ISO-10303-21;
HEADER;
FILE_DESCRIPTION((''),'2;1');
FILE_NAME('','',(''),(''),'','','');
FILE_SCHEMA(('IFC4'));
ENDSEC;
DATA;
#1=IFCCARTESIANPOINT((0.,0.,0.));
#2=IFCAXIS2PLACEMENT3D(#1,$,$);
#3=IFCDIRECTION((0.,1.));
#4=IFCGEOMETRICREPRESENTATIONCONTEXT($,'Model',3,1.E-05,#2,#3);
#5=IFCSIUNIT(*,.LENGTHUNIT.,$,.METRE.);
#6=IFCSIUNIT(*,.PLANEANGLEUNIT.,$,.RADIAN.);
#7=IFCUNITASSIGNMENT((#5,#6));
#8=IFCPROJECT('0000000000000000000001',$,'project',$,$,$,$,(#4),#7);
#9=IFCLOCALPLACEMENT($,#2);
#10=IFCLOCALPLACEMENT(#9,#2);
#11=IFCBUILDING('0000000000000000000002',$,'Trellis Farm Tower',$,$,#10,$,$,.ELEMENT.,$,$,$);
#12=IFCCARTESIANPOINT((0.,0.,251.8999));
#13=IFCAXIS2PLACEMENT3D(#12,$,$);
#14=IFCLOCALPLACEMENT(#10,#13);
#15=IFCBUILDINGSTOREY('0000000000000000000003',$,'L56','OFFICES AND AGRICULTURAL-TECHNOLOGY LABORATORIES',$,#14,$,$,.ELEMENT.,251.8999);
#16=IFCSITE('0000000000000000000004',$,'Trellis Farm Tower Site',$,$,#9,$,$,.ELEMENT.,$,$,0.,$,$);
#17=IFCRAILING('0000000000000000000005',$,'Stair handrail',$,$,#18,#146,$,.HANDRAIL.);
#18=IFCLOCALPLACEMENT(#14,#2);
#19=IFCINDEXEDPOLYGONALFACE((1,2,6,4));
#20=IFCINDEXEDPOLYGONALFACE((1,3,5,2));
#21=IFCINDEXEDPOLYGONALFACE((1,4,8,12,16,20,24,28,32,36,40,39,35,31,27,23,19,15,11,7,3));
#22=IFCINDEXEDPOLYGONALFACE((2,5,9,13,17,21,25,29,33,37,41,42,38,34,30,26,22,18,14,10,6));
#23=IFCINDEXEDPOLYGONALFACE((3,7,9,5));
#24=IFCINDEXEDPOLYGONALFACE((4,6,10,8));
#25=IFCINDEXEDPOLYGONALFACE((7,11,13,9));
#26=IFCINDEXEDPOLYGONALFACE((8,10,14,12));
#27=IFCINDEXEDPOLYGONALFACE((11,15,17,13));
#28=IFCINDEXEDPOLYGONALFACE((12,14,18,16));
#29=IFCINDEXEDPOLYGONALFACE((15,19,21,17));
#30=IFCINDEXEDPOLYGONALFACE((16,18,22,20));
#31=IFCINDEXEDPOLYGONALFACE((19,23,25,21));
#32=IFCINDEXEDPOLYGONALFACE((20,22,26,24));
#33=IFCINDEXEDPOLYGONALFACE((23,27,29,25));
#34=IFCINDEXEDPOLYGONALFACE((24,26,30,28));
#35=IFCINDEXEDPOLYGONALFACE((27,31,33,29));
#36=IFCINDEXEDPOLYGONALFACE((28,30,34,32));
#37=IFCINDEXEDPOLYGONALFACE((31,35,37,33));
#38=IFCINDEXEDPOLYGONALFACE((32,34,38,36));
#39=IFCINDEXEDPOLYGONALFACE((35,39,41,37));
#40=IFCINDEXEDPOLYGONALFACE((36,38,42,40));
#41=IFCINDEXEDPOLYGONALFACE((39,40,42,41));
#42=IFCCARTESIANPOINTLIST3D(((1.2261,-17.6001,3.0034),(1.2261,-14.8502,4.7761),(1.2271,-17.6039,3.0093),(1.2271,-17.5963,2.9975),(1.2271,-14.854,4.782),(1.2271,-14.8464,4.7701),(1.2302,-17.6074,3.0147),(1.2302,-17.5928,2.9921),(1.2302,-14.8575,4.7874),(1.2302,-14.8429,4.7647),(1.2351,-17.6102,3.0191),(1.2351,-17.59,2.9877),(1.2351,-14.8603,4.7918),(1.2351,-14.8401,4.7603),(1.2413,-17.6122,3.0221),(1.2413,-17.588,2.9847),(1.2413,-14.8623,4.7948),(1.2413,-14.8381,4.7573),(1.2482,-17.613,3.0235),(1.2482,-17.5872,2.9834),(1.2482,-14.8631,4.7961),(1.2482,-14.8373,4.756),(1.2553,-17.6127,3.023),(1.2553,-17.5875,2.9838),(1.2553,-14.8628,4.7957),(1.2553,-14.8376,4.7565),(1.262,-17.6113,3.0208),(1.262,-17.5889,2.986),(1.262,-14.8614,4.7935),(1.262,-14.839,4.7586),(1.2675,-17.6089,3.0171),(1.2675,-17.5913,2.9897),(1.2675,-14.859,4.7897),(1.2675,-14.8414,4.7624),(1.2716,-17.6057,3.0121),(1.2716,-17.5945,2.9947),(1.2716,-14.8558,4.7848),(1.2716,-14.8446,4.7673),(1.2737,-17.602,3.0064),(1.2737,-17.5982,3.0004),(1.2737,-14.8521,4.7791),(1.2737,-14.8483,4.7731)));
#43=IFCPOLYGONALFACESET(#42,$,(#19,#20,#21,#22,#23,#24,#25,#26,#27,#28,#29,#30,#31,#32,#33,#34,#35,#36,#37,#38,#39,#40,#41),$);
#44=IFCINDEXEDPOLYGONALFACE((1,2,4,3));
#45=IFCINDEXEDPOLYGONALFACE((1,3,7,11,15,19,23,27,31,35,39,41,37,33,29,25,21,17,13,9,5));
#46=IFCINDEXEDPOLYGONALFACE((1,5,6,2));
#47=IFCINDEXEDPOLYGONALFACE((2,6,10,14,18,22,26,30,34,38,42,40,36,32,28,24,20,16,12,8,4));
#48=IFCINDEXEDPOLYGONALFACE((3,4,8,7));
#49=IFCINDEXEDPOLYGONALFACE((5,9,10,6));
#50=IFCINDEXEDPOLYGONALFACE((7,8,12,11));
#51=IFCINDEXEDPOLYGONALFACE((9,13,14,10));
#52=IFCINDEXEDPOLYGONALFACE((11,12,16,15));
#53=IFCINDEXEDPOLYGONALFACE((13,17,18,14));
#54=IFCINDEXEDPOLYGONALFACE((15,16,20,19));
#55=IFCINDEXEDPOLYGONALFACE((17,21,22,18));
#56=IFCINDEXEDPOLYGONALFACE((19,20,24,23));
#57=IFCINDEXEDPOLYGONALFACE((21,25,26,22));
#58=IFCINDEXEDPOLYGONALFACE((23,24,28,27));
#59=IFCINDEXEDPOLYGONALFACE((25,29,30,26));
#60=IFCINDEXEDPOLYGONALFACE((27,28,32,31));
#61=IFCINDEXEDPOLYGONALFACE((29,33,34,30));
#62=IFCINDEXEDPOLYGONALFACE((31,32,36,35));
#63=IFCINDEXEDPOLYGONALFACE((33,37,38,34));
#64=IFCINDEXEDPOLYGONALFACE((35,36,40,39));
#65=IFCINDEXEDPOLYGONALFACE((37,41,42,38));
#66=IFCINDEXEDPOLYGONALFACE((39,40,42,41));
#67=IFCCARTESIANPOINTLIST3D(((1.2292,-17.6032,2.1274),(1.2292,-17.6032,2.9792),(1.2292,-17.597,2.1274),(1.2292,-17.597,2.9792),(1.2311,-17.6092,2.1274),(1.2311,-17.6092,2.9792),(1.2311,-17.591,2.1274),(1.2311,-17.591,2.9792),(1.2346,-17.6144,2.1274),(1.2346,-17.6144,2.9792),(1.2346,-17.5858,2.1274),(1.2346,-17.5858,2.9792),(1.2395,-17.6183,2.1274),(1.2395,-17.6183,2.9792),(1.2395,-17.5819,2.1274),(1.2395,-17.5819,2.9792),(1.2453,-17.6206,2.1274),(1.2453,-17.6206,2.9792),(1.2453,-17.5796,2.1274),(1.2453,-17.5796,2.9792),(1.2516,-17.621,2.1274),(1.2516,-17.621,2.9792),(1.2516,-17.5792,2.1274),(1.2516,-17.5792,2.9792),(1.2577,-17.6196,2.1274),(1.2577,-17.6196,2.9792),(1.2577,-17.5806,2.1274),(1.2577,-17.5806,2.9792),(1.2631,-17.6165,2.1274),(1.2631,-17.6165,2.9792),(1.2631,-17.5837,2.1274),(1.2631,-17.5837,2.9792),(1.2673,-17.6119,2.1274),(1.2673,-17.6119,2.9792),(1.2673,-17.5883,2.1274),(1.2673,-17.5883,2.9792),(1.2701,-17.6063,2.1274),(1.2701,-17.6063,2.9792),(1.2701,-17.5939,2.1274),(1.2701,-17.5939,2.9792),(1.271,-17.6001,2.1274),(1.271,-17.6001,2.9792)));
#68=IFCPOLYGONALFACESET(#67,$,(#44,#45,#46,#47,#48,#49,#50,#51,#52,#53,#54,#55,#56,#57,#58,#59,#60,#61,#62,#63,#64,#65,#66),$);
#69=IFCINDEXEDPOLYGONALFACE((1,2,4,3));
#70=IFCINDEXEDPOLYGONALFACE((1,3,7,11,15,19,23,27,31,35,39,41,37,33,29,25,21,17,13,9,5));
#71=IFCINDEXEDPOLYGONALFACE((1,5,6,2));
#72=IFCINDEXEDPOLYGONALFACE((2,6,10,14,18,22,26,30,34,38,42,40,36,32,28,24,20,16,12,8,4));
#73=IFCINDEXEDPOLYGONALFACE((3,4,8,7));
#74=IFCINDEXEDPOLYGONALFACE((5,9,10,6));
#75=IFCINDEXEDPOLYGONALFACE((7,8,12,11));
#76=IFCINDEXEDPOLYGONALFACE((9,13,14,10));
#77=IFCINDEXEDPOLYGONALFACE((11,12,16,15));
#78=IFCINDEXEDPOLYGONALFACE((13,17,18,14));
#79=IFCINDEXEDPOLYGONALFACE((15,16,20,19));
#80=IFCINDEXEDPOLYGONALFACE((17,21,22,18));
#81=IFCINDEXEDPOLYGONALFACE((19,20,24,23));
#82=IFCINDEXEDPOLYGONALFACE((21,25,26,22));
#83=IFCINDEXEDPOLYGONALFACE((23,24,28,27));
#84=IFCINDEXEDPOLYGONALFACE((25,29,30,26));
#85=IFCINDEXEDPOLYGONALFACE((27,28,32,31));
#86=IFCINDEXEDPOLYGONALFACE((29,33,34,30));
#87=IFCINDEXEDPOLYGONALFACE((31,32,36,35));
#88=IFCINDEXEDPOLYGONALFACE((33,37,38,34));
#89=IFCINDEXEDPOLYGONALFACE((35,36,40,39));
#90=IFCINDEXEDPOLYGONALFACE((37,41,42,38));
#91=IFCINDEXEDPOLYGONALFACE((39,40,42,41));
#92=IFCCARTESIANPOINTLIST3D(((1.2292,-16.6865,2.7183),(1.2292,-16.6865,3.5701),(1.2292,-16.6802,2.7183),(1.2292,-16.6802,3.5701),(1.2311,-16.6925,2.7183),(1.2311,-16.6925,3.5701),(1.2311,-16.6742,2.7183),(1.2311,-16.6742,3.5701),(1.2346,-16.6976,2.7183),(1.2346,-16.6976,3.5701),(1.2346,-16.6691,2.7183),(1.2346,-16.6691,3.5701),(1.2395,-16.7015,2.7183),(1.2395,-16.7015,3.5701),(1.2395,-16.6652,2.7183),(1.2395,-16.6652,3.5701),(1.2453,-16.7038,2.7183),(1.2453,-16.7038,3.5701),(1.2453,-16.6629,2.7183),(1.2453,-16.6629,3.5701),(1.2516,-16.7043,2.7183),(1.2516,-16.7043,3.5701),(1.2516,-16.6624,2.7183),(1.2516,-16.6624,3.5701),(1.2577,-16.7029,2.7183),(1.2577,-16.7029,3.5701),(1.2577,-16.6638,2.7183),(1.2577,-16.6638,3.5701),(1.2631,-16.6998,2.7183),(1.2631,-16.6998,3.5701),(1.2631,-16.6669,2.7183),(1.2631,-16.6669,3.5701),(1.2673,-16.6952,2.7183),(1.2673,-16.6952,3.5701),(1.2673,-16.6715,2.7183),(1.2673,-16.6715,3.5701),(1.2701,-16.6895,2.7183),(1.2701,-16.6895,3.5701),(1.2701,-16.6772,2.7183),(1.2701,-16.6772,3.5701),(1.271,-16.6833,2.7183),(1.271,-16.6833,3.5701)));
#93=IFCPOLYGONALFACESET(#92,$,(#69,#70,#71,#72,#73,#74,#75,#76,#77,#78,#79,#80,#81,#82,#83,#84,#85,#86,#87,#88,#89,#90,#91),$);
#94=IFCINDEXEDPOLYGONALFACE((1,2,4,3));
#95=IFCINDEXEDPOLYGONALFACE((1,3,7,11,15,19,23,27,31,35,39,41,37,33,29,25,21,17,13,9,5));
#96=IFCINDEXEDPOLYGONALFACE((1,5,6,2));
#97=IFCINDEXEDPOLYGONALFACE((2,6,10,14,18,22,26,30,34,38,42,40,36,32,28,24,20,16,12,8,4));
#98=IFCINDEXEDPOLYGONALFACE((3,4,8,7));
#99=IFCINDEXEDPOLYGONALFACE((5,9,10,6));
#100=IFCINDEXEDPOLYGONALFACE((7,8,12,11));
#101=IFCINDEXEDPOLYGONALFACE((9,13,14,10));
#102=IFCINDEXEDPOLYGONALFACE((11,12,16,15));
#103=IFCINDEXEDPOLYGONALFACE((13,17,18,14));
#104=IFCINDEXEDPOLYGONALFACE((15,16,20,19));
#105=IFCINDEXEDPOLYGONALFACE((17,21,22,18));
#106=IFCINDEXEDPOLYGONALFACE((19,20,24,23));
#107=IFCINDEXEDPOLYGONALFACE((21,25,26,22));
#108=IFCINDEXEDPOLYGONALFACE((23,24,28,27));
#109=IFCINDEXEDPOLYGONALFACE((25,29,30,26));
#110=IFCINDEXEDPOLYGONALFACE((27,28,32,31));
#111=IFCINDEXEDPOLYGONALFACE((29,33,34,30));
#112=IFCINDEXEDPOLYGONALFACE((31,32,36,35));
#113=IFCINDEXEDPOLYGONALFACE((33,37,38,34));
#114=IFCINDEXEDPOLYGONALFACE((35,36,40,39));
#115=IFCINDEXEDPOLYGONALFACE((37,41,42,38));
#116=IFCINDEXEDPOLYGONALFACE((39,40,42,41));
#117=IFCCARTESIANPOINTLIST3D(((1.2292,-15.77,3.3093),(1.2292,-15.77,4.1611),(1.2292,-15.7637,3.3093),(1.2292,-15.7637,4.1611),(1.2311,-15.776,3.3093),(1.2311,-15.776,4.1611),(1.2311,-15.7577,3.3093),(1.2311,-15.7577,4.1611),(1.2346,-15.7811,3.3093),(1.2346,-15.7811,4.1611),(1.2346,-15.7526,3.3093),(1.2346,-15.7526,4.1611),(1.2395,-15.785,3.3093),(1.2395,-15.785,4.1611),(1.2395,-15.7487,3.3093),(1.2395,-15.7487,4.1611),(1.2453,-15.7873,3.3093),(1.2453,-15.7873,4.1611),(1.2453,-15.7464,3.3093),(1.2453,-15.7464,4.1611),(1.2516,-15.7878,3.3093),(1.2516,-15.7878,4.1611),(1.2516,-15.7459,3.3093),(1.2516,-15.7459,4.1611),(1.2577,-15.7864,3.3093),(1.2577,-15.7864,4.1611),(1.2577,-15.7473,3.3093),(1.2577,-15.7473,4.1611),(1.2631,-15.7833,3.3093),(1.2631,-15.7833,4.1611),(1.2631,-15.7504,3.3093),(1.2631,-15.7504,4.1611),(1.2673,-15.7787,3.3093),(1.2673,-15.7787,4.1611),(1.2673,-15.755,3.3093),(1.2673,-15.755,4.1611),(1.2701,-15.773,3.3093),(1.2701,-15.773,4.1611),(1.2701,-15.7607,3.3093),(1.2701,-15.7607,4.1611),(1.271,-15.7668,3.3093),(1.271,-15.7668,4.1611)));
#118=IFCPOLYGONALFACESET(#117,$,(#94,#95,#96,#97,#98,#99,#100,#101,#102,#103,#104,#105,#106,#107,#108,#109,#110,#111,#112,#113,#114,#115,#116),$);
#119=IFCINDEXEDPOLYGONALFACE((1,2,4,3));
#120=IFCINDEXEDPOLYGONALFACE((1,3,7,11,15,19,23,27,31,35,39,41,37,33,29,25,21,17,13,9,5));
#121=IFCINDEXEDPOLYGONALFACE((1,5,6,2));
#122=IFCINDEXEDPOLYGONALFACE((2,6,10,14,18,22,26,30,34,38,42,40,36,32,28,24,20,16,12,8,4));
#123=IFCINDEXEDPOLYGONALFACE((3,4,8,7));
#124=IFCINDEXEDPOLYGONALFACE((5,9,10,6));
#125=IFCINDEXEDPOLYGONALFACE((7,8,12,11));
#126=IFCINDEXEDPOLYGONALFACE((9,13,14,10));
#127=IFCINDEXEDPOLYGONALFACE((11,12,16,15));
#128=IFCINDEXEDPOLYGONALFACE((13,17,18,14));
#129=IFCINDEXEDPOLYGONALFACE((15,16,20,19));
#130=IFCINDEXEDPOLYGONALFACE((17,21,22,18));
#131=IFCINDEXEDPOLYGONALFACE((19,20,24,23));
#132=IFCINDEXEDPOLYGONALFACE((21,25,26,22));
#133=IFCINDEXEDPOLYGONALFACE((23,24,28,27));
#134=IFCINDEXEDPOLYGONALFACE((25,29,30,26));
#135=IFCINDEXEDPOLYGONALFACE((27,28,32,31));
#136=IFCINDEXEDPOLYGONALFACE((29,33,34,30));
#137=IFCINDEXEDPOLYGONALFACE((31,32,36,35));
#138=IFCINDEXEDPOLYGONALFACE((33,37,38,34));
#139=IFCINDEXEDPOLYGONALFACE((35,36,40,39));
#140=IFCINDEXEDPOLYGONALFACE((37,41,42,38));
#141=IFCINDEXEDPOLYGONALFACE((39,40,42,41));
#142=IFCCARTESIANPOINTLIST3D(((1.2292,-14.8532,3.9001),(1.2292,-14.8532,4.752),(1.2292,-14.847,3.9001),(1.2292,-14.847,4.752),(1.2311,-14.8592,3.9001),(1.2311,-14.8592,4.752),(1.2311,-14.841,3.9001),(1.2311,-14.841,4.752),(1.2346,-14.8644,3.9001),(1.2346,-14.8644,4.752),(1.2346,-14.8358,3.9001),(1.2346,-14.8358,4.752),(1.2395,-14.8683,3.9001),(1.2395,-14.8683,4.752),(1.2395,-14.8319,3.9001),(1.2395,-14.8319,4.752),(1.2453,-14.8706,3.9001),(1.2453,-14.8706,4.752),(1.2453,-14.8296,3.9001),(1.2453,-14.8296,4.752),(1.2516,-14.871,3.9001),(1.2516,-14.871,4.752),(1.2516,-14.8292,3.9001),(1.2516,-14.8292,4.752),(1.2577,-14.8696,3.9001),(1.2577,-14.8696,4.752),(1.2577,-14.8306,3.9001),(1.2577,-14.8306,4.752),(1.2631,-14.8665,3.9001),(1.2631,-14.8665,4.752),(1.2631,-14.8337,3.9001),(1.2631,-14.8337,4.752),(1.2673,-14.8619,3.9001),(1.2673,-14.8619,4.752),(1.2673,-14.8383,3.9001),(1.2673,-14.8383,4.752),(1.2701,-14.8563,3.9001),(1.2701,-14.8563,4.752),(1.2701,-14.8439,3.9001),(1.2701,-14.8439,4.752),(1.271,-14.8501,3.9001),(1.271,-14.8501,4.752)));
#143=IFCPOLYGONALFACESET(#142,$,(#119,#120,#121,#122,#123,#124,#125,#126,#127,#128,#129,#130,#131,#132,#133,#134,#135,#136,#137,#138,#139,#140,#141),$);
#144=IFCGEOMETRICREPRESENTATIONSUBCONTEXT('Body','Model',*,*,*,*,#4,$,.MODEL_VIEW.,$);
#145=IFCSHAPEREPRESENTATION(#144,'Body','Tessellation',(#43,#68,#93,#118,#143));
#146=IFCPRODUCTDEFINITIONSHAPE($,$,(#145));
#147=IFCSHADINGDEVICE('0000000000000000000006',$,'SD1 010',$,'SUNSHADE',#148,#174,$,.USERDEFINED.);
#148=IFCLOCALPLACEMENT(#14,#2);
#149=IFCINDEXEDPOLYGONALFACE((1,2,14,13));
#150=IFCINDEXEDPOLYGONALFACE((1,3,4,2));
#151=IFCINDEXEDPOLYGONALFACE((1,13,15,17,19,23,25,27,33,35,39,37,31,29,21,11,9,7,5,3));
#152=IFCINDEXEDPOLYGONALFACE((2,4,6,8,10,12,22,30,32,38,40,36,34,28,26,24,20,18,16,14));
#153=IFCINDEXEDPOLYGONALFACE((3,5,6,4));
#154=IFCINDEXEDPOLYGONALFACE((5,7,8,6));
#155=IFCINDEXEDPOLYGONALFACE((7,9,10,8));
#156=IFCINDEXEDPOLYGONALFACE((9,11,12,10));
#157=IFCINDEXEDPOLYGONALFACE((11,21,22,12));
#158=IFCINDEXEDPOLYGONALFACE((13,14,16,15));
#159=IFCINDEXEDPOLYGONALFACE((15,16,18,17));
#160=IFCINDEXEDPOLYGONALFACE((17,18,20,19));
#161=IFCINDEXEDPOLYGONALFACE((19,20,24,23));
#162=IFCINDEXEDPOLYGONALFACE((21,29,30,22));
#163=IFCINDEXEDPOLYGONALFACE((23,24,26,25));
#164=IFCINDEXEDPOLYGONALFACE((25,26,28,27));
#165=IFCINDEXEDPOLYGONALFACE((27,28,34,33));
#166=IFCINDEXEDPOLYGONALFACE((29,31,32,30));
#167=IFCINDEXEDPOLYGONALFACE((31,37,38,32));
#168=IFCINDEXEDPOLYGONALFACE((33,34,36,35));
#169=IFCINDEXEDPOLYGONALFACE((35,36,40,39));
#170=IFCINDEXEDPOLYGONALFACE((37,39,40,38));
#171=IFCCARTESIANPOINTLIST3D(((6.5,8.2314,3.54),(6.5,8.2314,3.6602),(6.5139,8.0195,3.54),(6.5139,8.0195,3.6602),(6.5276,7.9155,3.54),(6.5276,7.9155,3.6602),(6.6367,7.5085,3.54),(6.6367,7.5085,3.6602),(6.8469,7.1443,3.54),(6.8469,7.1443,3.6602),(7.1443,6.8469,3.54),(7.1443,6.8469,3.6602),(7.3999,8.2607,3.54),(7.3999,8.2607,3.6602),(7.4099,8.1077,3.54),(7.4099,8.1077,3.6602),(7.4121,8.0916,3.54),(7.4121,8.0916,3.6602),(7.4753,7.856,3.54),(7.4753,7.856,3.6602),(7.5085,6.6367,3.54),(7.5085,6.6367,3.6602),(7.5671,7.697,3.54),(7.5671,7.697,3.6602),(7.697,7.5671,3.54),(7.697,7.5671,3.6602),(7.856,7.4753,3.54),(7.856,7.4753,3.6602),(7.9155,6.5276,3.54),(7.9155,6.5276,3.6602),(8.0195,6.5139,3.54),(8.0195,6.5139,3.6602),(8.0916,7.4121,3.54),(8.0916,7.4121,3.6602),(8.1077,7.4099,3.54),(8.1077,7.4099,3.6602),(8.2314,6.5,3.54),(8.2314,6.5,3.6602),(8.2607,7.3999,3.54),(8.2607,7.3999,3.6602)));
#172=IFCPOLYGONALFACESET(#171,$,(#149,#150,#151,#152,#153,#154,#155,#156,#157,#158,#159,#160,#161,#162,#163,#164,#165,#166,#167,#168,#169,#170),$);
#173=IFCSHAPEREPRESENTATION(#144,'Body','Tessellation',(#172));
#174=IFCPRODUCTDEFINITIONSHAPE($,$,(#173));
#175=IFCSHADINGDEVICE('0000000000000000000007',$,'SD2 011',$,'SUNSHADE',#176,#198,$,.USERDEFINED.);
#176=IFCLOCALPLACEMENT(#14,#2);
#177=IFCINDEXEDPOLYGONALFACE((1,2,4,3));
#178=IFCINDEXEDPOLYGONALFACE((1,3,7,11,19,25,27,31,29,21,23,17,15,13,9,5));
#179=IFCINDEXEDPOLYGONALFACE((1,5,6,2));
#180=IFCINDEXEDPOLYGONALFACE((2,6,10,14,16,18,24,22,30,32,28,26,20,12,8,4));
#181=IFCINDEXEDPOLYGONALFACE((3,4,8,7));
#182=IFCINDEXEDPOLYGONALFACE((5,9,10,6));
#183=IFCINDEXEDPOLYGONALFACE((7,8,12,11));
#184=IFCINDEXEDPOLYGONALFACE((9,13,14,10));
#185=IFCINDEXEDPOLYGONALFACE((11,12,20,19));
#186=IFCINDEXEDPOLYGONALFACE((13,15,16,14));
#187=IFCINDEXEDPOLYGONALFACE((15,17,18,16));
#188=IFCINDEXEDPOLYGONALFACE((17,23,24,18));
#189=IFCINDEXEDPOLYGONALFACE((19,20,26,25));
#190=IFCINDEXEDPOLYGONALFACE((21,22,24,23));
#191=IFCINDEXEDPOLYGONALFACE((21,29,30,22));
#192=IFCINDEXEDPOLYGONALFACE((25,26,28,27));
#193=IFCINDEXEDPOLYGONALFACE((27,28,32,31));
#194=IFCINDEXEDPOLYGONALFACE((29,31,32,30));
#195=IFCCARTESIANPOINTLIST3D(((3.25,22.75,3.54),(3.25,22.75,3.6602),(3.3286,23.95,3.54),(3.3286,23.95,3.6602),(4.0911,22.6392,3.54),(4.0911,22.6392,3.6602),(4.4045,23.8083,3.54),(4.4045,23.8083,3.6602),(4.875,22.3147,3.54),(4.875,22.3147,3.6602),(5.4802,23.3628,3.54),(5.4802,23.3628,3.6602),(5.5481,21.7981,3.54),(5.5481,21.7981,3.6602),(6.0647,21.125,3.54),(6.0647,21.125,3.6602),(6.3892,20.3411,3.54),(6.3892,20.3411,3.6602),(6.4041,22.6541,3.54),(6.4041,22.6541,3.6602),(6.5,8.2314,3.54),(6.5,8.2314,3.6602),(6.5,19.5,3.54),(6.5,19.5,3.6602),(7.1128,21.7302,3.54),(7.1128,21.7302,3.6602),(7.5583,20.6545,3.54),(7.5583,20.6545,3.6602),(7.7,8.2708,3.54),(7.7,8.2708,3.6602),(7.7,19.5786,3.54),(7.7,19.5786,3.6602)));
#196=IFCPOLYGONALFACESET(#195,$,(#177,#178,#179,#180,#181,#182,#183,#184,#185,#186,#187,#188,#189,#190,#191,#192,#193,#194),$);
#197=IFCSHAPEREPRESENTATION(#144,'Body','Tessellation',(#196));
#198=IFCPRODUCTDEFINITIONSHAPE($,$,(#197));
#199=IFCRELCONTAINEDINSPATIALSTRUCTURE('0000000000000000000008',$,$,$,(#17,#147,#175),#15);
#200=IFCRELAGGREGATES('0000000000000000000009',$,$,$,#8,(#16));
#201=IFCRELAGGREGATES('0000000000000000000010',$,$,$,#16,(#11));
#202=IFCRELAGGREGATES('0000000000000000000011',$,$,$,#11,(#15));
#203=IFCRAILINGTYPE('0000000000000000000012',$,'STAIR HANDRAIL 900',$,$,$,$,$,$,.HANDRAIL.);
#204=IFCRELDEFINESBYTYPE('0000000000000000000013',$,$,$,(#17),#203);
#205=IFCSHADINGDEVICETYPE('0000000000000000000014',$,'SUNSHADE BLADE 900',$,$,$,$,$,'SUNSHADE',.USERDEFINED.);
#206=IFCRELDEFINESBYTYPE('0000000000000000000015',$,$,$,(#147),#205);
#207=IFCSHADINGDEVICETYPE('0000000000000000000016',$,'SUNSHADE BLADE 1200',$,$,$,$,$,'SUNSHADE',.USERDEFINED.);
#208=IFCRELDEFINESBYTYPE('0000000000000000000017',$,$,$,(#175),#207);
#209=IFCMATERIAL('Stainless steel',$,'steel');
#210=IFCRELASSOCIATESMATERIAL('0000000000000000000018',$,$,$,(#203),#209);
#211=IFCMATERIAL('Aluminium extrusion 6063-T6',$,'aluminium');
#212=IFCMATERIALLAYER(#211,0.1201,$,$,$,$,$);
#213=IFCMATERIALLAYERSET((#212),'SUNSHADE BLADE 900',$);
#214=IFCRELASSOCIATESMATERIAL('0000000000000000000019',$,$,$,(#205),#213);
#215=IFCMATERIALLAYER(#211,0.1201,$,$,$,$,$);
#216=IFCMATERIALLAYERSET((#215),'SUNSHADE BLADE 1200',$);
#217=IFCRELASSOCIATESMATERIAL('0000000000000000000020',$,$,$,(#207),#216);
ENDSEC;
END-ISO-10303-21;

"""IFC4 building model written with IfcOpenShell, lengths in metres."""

from ifc_helpers import new_model, si_unit, direction, frame, origin, origin_2d, place, context, subcontext, project, spatial, polyline, circle, outline, extrude, source, transform, mapped, material, layer, layer_set, type_object, element, save


model = new_model("IFC4")

# Units and contexts
model_context = context("Model", 3, precision=1e-05, world=origin(), true_north=direction((0.0, 1.0)))
body_context = subcontext(model_context, "Body", "Model", "MODEL_VIEW")
ifc_project = project(units=[si_unit("LENGTHUNIT", "METRE"), si_unit("PLANEANGLEUNIT", "RADIAN")], contexts=[model_context])

# Site, building, storey
site_placement = place(None, origin())
site = spatial("IfcSite", under=ifc_project, at=site_placement, Name="Trellis Farm Tower Site", CompositionType="ELEMENT", RefElevation=0.0)
building_placement = place(site_placement, origin())
building = spatial("IfcBuilding", under=site, at=building_placement, Name="Trellis Farm Tower", CompositionType="ELEMENT")
storey_placement = place(building_placement, frame((0.0, 0.0, 251.8999)))
storey = spatial("IfcBuildingStorey", under=building, at=storey_placement, Name="L56", Description="OFFICES AND AGRICULTURAL-TECHNOLOGY LABORATORIES", CompositionType="ELEMENT", Elevation=251.8999)

# Shared definitions
ifc_material_1 = material(Name="Aluminium extrusion 6063-T6", Category="aluminium")

# Railing
ifc_material_2 = material(Name="Stainless steel", Category="steel")
railing_type = type_object("IfcRailingType", Name="STAIR HANDRAIL 900", PredefinedType="HANDRAIL", material=ifc_material_2)
shared_shape_1 = source(origin(), body_context, "Body", "SweptSolid", [
    extrude(circle(Radius=0.0239, at=origin_2d()), frame((0.0, 0.0, 0.876), z_axis=(0.0, 0.840504, 0.541806), x_axis=(-1.0, 0.0, 0.0)), (0.0, 0.0, 1.0), 3.2717),
    extrude(circle(Radius=0.021, at=origin_2d()), origin(), (0.0, 0.0, 1.0), 0.8518),
    extrude(circle(Radius=0.021, at=origin_2d()), frame((0.0, 0.9167, 0.5908)), (0.0, 0.0, 1.0), 0.8518),
    extrude(circle(Radius=0.021, at=origin_2d()), frame((0.0, 1.8333, 1.1819)), (0.0, 0.0, 1.0), 0.8518),
    extrude(circle(Radius=0.021, at=origin_2d()), frame((0.0, 2.75, 1.7727)), (0.0, 0.0, 1.0), 0.8518),
])
railing_placement = place(storey_placement, frame((1.25, -17.6001, 2.1274)))
element("IfcRailing", 1, at=railing_placement, inside=storey, type_object=railing_type, Name="Stair handrail", PredefinedType="HANDRAIL", context=body_context, shape_type="MappedRepresentation", body=[
    mapped(shared_shape_1, transform((0.0, 0.0, 0.0))),
])

# Shading devices
ifc_layer_1 = layer(ifc_material_1, 0.1201)
ifc_layer_set_1 = layer_set([ifc_layer_1], Name="SUNSHADE BLADE 900")
shading_device_type_1 = type_object("IfcShadingDeviceType", Name="SUNSHADE BLADE 900", ElementType="SUNSHADE", PredefinedType="USERDEFINED", material=ifc_layer_set_1)
shared_shape_2 = source(origin(), body_context, "Body", "SweptSolid", [
    extrude(outline(polyline([(8.2607, 7.3999), (8.1077, 7.4099), (8.0916, 7.4121), (7.856, 7.4753), (7.697, 7.5671), (7.5671, 7.697), (7.4753, 7.856), (7.4121, 8.0916), (7.4099, 8.1077), (7.3999, 8.2607), (6.5, 8.2314), (6.5139, 8.0195), (6.5276, 7.9155), (6.6367, 7.5085), (6.8469, 7.1443), (7.1443, 6.8469), (7.5085, 6.6367), (7.9155, 6.5276), (8.0195, 6.5139), (8.2314, 6.5), (8.2607, 7.3999)])), origin(), (0.0, 0.0, 1.0), 0.1201),
])
placement_1 = place(storey_placement, frame((0.0, 0.0, 3.54)))
element("IfcShadingDevice", 2, at=placement_1, inside=storey, type_object=shading_device_type_1, Name="SD1 010", ObjectType="SUNSHADE", PredefinedType="USERDEFINED", context=body_context, shape_type="MappedRepresentation", body=[
    mapped(shared_shape_2, transform((0.0, 0.0, 0.0))),
])
ifc_layer_2 = layer(ifc_material_1, 0.1201)
ifc_layer_set_2 = layer_set([ifc_layer_2], Name="SUNSHADE BLADE 1200")
shading_device_type_2 = type_object("IfcShadingDeviceType", Name="SUNSHADE BLADE 1200", ElementType="SUNSHADE", PredefinedType="USERDEFINED", material=ifc_layer_set_2)
shared_shape_3 = source(origin(), body_context, "Body", "SweptSolid", [
    extrude(outline(polyline([(7.7, 8.2708), (7.7, 19.5786), (7.5583, 20.6545), (7.1128, 21.7302), (6.4041, 22.6541), (5.4802, 23.3628), (4.4045, 23.8083), (3.3286, 23.95), (3.25, 22.75), (4.0911, 22.6392), (4.875, 22.3147), (5.5481, 21.7981), (6.0647, 21.125), (6.3892, 20.3411), (6.5, 19.5), (6.5, 8.2314), (7.7, 8.2708)])), origin(), (0.0, 0.0, 1.0), 0.1201),
])
element("IfcShadingDevice", 3, at=placement_1, inside=storey, type_object=shading_device_type_2, Name="SD2 011", ObjectType="SUNSHADE", PredefinedType="USERDEFINED", context=body_context, shape_type="MappedRepresentation", body=[
    mapped(shared_shape_3, transform((0.0, 0.0, 0.0))),
])

save(model, "model.ifc")
